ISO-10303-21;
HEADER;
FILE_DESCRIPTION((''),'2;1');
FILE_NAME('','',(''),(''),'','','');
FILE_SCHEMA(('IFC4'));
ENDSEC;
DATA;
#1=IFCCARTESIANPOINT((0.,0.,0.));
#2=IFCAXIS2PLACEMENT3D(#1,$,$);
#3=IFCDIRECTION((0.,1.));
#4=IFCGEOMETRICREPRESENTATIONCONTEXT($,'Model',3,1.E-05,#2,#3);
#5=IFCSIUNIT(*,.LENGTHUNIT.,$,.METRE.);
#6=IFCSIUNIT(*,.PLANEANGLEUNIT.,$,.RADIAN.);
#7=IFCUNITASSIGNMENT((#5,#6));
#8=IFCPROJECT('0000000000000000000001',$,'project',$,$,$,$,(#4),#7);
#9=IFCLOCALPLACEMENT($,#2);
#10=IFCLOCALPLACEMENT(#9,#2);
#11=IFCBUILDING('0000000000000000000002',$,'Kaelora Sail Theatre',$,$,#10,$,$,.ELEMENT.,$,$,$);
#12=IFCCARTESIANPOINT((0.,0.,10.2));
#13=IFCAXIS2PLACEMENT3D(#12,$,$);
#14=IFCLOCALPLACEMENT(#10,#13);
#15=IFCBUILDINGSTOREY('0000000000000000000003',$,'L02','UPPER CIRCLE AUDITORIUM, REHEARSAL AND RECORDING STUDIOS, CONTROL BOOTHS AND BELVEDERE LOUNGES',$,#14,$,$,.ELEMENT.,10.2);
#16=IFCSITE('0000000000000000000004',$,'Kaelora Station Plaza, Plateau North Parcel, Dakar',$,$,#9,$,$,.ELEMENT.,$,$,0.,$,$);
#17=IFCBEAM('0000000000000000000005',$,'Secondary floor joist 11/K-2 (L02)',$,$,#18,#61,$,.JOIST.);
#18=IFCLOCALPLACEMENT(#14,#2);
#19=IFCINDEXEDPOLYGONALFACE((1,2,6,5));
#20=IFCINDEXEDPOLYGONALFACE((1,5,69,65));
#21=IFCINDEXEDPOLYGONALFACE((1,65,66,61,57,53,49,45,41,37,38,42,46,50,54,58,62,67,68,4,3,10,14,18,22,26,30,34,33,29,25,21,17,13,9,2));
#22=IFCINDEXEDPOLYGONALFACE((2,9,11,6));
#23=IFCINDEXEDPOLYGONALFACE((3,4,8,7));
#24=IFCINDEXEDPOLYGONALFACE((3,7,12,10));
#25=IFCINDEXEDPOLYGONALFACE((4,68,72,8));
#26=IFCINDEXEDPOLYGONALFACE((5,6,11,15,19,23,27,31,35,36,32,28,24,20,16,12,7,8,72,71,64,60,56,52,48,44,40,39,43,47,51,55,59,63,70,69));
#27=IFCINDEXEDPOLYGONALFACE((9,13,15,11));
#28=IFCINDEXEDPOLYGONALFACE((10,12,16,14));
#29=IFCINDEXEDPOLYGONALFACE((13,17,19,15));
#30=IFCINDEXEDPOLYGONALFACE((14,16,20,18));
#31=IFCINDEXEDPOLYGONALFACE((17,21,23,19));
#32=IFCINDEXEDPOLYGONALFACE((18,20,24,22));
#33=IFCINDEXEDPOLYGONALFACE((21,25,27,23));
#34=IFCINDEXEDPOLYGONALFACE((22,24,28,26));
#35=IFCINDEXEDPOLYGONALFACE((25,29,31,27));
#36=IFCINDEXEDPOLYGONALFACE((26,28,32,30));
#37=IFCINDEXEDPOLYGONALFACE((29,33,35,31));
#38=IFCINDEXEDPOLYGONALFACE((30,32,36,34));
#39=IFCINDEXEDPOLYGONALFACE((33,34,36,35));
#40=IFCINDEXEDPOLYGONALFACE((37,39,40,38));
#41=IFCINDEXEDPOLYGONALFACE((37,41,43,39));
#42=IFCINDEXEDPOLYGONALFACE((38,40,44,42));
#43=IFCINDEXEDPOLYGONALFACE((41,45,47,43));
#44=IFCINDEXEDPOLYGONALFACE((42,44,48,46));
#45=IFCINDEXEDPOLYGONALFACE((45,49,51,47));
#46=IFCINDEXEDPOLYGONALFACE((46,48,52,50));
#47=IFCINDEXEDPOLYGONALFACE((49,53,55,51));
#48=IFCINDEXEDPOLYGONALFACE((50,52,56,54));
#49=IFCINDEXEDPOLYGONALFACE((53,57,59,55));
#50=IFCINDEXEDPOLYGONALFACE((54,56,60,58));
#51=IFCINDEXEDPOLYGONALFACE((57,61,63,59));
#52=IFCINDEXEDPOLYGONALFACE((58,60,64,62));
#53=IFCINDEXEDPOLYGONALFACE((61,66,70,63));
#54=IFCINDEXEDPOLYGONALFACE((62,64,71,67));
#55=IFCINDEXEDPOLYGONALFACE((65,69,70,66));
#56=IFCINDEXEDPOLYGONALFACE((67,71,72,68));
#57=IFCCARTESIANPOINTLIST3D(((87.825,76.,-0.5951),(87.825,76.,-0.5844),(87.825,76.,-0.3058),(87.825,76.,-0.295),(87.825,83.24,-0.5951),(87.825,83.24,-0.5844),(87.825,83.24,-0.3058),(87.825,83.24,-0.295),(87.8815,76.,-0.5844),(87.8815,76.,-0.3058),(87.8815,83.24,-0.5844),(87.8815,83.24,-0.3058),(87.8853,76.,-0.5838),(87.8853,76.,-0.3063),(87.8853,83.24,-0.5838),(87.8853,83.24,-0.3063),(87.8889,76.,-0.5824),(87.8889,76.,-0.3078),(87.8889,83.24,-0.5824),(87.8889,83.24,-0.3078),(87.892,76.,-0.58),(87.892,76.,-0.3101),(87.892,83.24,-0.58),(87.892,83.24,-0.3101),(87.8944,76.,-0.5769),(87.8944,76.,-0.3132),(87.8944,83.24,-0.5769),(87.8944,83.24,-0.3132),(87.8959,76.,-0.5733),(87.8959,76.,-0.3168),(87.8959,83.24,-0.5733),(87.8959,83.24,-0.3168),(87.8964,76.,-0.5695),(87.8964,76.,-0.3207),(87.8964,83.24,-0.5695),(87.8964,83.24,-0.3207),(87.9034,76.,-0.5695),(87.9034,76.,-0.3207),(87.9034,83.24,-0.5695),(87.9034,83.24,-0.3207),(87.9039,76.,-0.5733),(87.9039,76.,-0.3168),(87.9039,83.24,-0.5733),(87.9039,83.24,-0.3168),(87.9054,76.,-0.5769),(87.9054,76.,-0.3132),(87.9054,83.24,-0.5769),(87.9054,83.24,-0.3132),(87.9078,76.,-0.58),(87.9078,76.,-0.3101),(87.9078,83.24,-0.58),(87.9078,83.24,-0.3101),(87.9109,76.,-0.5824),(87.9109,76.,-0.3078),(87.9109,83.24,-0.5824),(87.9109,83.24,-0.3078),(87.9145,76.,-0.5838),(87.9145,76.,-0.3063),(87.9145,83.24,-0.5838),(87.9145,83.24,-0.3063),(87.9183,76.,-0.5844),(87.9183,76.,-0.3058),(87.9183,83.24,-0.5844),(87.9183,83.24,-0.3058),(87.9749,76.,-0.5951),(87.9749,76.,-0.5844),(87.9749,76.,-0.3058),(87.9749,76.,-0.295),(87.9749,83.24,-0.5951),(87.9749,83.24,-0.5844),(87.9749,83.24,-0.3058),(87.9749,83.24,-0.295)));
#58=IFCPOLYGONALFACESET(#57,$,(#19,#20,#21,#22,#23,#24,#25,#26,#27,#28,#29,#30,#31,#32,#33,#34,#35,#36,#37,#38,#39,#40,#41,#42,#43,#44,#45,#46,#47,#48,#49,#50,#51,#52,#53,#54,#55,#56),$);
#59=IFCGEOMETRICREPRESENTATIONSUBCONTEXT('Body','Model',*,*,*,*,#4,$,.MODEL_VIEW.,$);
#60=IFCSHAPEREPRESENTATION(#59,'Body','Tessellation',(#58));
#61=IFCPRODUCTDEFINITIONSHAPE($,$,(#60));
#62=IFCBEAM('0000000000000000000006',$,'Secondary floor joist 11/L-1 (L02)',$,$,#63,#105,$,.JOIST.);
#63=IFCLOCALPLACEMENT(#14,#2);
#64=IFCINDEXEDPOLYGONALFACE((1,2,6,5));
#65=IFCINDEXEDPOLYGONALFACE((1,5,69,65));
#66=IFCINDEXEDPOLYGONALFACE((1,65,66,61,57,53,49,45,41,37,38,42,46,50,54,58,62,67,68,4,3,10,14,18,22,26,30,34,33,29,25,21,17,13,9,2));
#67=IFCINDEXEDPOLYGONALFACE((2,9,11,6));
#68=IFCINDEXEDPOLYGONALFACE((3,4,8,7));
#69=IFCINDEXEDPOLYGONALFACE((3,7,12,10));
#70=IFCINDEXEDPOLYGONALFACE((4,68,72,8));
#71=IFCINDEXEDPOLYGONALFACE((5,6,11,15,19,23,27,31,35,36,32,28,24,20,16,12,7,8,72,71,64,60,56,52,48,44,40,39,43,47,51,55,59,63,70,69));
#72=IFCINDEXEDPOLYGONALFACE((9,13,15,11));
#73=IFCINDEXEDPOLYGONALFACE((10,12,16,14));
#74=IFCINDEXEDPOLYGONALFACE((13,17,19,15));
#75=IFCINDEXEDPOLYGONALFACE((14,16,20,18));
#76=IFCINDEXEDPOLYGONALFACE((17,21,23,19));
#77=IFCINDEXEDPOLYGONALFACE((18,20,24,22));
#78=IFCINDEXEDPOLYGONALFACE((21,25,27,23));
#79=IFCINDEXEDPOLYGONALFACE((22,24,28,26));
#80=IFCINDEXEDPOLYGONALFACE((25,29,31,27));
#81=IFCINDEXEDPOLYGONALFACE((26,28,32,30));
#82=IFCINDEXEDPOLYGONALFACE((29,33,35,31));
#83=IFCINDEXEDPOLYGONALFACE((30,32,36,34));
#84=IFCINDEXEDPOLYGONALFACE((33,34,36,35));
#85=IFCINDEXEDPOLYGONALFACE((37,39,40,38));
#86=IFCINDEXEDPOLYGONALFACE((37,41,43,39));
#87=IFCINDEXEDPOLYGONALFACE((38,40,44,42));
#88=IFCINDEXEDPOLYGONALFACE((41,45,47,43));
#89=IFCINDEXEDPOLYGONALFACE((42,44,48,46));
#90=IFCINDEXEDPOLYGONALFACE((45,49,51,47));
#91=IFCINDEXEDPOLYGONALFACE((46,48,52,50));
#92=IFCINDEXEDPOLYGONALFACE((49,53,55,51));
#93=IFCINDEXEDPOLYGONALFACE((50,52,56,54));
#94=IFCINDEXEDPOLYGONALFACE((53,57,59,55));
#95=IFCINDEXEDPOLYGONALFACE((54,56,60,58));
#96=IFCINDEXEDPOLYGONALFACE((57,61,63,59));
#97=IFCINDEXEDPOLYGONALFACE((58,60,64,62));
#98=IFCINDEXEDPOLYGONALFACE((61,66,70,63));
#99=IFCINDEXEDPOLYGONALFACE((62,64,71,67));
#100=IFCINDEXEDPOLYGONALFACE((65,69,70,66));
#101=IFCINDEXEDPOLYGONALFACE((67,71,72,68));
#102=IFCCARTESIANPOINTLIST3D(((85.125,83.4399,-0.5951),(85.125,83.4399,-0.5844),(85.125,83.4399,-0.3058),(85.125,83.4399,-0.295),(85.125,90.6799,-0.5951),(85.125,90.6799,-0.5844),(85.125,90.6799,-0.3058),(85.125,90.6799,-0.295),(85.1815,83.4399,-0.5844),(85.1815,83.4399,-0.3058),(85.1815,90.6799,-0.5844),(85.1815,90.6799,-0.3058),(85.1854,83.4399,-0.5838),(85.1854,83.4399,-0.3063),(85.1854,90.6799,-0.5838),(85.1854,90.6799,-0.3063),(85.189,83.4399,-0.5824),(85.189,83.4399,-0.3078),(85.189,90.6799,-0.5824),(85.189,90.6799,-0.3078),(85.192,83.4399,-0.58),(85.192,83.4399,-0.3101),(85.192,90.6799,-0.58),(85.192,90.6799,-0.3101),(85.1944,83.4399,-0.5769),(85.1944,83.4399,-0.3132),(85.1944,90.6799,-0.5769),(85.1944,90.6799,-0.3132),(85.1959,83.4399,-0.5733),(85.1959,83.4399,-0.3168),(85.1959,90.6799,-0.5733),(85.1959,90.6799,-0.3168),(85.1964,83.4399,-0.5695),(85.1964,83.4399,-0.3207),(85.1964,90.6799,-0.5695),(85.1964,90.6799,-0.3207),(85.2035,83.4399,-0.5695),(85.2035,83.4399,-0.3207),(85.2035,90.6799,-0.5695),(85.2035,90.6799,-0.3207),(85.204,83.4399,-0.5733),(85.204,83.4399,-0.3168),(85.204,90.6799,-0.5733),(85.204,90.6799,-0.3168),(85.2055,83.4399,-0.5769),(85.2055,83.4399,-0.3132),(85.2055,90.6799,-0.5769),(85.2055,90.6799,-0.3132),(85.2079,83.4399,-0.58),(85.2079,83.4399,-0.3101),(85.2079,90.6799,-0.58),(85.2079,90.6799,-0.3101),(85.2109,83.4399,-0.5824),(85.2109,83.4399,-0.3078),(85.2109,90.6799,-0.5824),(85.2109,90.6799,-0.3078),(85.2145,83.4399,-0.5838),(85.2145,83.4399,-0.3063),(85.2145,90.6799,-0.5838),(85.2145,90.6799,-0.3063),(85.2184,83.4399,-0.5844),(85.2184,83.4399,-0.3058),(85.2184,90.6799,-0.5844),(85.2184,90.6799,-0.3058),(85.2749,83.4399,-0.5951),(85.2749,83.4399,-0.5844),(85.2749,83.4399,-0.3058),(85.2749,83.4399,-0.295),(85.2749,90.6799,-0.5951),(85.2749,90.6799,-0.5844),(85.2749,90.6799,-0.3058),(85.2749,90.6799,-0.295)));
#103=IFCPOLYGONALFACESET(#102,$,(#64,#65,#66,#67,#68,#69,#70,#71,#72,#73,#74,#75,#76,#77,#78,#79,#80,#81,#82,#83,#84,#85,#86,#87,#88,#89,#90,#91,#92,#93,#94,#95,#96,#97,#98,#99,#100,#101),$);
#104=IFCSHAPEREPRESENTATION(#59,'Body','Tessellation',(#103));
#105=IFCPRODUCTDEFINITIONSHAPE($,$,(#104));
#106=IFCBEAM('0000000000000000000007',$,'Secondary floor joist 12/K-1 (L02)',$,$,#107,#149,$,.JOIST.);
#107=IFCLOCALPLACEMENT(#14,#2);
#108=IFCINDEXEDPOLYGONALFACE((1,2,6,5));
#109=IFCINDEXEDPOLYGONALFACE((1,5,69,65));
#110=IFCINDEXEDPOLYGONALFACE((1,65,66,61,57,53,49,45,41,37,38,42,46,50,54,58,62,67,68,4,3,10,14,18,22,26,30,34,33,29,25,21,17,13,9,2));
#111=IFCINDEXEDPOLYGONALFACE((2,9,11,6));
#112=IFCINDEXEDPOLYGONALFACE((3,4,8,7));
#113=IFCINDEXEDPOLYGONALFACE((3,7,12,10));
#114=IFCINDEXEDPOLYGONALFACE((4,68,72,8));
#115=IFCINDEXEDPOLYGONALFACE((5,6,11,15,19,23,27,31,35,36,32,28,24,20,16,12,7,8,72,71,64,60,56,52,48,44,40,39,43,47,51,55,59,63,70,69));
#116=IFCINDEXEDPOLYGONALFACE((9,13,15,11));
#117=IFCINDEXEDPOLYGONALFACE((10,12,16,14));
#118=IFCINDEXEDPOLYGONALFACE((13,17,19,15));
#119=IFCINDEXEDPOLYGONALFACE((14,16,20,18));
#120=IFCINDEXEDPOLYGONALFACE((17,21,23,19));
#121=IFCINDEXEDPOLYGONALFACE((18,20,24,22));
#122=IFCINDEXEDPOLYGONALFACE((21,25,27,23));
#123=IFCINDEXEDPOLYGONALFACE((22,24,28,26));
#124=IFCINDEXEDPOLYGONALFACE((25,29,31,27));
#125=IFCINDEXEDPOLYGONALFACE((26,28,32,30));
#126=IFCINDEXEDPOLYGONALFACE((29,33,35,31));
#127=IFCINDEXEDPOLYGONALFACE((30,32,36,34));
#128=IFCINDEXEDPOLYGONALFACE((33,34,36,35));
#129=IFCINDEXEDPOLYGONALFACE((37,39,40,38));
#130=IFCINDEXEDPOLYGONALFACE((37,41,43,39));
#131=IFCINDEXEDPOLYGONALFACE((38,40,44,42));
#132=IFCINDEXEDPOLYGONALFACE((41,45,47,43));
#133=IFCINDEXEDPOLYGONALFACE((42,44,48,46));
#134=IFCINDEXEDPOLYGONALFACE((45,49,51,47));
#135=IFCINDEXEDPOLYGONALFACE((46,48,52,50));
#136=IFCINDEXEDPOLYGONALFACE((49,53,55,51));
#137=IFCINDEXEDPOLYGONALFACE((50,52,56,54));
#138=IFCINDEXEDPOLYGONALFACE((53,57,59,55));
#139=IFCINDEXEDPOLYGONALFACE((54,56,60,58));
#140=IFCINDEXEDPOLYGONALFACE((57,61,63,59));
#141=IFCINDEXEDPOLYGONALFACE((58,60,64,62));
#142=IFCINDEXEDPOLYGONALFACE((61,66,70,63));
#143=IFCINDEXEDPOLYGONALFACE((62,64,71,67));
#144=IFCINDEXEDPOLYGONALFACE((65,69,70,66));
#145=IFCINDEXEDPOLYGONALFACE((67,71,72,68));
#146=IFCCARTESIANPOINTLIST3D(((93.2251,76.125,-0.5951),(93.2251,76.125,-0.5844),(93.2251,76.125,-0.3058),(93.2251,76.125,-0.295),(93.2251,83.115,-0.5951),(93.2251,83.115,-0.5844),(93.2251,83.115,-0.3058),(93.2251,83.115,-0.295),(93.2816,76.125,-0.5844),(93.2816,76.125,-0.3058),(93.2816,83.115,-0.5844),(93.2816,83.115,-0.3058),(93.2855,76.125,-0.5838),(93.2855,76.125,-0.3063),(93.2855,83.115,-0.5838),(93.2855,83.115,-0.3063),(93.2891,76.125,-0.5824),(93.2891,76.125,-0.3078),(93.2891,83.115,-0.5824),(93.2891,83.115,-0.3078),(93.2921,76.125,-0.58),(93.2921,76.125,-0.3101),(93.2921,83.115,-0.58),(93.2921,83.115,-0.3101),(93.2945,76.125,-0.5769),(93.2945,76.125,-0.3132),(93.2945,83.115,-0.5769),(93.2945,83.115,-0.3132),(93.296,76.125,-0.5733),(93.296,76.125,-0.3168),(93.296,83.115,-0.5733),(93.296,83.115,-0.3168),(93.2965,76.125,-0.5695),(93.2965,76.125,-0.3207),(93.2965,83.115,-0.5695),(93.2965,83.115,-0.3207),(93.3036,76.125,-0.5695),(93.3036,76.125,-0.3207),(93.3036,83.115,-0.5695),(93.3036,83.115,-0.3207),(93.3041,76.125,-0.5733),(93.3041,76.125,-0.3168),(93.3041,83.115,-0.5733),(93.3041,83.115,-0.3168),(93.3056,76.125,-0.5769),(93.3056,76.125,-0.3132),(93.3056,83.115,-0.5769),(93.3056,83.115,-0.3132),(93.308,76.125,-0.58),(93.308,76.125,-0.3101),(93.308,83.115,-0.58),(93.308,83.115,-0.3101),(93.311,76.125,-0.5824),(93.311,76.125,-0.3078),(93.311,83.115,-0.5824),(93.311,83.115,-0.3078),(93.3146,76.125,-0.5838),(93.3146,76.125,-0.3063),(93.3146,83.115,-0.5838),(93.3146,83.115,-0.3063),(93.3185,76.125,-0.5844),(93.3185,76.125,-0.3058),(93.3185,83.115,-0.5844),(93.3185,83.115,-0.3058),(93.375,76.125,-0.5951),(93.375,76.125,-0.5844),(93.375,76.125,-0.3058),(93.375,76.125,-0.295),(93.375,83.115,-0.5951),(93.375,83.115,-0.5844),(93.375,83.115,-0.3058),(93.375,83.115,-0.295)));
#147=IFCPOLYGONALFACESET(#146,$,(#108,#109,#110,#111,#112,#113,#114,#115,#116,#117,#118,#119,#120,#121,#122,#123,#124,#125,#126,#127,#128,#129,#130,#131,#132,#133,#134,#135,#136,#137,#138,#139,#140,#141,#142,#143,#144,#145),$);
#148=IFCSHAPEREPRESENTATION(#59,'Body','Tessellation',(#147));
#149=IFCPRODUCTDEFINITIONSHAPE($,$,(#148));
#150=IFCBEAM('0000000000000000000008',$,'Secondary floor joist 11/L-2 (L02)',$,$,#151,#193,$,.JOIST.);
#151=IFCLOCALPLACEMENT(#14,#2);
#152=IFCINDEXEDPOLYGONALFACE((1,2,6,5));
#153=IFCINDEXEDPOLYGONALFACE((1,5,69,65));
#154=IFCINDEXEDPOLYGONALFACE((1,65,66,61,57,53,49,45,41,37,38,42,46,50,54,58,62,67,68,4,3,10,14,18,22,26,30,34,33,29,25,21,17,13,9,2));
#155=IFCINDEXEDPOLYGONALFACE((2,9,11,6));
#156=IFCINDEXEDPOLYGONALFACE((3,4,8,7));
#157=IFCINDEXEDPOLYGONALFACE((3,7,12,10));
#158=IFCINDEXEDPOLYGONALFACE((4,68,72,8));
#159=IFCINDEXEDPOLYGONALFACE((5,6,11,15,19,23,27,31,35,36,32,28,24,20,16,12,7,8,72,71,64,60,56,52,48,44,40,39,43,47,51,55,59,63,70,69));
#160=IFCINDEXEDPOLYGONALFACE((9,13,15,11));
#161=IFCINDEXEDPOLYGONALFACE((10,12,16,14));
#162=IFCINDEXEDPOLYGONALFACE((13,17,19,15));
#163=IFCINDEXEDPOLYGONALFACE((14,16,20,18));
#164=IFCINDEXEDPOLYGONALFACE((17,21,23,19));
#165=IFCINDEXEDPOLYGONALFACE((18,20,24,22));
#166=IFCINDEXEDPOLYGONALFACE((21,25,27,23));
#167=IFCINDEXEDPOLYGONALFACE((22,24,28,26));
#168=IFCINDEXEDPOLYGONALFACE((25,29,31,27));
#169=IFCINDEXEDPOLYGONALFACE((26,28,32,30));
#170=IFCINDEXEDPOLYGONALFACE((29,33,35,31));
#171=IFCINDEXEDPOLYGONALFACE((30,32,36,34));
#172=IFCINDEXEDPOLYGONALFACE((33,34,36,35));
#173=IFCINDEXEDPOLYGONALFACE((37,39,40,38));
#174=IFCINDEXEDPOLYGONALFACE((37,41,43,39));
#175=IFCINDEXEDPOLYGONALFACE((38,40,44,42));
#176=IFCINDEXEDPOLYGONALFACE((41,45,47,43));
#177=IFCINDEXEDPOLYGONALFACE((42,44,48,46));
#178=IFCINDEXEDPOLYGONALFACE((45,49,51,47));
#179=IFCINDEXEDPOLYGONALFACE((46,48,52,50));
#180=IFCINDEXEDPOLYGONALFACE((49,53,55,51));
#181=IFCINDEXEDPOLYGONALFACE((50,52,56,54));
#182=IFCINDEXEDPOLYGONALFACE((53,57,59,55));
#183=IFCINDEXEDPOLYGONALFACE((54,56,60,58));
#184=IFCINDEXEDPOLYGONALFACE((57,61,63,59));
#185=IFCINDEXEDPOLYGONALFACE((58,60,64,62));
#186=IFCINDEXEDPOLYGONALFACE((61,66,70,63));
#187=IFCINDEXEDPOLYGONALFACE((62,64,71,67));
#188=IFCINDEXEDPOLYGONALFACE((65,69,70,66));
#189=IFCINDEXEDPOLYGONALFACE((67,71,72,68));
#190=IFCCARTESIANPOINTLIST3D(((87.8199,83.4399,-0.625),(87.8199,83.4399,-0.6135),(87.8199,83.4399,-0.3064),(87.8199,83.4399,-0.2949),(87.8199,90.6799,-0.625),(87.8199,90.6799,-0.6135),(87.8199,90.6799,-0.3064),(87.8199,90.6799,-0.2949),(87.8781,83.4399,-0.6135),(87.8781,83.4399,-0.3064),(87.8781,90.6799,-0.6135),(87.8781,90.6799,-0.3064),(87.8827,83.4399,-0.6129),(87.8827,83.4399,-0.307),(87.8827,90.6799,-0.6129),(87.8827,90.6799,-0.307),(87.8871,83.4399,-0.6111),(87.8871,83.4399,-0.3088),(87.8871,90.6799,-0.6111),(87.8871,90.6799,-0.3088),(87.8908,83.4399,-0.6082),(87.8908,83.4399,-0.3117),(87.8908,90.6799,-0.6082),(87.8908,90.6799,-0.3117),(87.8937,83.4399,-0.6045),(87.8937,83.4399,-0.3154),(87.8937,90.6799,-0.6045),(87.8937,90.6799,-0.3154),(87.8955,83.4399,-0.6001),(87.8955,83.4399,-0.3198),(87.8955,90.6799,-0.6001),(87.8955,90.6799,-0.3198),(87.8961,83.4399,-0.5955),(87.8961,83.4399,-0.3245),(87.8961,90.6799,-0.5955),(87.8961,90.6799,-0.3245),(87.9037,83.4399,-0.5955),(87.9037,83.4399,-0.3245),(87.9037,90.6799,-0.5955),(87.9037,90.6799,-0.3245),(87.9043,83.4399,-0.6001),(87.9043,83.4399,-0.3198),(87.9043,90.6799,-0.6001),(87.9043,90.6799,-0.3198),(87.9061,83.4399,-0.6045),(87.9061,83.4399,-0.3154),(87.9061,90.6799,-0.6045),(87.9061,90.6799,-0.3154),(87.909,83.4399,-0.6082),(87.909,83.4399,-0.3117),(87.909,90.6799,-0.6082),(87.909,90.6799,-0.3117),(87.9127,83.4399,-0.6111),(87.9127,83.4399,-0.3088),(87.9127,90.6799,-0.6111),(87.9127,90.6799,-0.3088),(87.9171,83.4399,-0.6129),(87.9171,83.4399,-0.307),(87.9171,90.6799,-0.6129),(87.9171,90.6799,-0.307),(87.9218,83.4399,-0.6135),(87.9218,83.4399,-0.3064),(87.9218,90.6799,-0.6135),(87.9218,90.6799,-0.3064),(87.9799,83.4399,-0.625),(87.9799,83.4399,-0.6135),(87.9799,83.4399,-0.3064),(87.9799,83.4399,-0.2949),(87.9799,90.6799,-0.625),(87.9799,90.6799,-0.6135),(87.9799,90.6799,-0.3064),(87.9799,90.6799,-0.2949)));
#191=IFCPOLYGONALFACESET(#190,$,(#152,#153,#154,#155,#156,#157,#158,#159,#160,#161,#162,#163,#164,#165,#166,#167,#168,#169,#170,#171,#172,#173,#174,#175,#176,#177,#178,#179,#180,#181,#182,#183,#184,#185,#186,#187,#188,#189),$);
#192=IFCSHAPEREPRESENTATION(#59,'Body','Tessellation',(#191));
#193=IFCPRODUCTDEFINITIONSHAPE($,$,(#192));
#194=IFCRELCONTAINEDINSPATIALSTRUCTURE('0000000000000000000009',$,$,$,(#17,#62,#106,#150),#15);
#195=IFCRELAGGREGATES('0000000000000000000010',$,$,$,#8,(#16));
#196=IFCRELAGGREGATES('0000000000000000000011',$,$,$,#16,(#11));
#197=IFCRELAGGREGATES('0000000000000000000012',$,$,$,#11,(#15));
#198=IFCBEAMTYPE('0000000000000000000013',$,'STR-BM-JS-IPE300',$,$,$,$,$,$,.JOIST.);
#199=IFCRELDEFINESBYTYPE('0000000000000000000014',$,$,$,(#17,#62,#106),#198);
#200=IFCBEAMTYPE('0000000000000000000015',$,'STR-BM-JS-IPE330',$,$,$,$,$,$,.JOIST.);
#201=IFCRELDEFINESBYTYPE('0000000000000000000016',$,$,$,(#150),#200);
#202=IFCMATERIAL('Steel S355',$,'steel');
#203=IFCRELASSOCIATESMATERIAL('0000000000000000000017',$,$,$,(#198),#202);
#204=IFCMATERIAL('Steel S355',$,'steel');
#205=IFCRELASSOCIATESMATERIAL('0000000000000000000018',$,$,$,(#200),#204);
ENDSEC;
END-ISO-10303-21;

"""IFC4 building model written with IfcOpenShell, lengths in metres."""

from ifc_helpers import new_model, si_unit, direction, frame, origin, origin_2d, place, context, subcontext, project, spatial, i_section, extrude, material, material_profile, profile_set, type_object, element, save


model = new_model("IFC4")

# Units and contexts
model_context = context("Model", 3, precision=1e-05, world=origin(), true_north=direction((0.0, 1.0)))
body_context = subcontext(model_context, "Body", "Model", "MODEL_VIEW")
ifc_project = project(units=[si_unit("LENGTHUNIT", "METRE"), si_unit("PLANEANGLEUNIT", "RADIAN")], contexts=[model_context])

# Site, building, storey
site_placement = place(None, origin())
site = spatial("IfcSite", under=ifc_project, at=site_placement, Name="Kaelora Station Plaza, Plateau North Parcel, Dakar", CompositionType="ELEMENT", RefElevation=0.0)
building_placement = place(site_placement, origin())
building = spatial("IfcBuilding", under=site, at=building_placement, Name="Kaelora Sail Theatre", CompositionType="ELEMENT")
storey_placement = place(building_placement, frame((0.0, 0.0, 10.2)))
storey = spatial("IfcBuildingStorey", under=building, at=storey_placement, Name="L02", Description="UPPER CIRCLE AUDITORIUM, REHEARSAL AND RECORDING STUDIOS, CONTROL BOOTHS AND BELVEDERE LOUNGES", CompositionType="ELEMENT", Elevation=10.2)

# Beams
ifc_material_1 = material(Name="Steel S355", Category="steel")
ifc_material_profile_1 = material_profile(ifc_material_1, i_section(OverallWidth=0.1499, OverallDepth=0.3, WebThickness=0.0071, FlangeThickness=0.0107, FilletRadius=0.0149, at=origin_2d()), Name="IPE 300")
ifc_profile_set_1 = profile_set([ifc_material_profile_1], Name="Steel S355")
beam_type_1 = type_object("IfcBeamType", Name="STR-BM-JS-IPE300", PredefinedType="JOIST", material=ifc_profile_set_1)
for number, where, z_axis, x_axis, name in (
    (1, (87.8999, 76.0, -0.4451), (0.0, 1.0, 0.0), (-1.0, 0.0, 0.0), "Secondary floor joist 11/K-2 (L02)"),
    (2, (85.2, 83.4399, -0.4451), (0.0, 1.0, 0.0), (-1.0, 0.0, 0.0), "Secondary floor joist 11/L-1 (L02)"),
):
    element("IfcBeam", number, at=place(storey_placement, frame(where, z_axis=z_axis, x_axis=x_axis)), inside=storey, type_object=beam_type_1, Name=name, PredefinedType="JOIST", context=body_context, shape_type="SweptSolid", body=[
        extrude(i_section(OverallWidth=0.1499, OverallDepth=0.3, WebThickness=0.0071, FlangeThickness=0.0107, FilletRadius=0.0149, at=origin_2d()), origin(), (0.0, 0.0, 1.0), 7.24),
    ])
beam_1_placement = place(storey_placement, frame((93.3, 76.125, -0.4451), z_axis=(0.0, 1.0, 0.0), x_axis=(-1.0, 0.0, 0.0)))
element("IfcBeam", 3, at=beam_1_placement, inside=storey, type_object=beam_type_1, Name="Secondary floor joist 12/K-1 (L02)", PredefinedType="JOIST", context=body_context, shape_type="SweptSolid", body=[
    extrude(i_section(OverallWidth=0.1499, OverallDepth=0.3, WebThickness=0.0071, FlangeThickness=0.0107, FilletRadius=0.0149, at=origin_2d()), origin(), (0.0, 0.0, 1.0), 6.99),
])
ifc_material_2 = material(Name="Steel S355", Category="steel")
ifc_material_profile_2 = material_profile(ifc_material_2, i_section(OverallWidth=0.1599, OverallDepth=0.3301, WebThickness=0.0076, FlangeThickness=0.0115, FilletRadius=0.0181, at=origin_2d()), Name="IPE 330")
ifc_profile_set_2 = profile_set([ifc_material_profile_2], Name="Steel S355")
beam_type_2 = type_object("IfcBeamType", Name="STR-BM-JS-IPE330", PredefinedType="JOIST", material=ifc_profile_set_2)
beam_2_placement = place(storey_placement, frame((87.8999, 83.4399, -0.46), z_axis=(0.0, 1.0, 0.0), x_axis=(-1.0, 0.0, 0.0)))
element("IfcBeam", 4, at=beam_2_placement, inside=storey, type_object=beam_type_2, Name="Secondary floor joist 11/L-2 (L02)", PredefinedType="JOIST", context=body_context, shape_type="SweptSolid", body=[
    extrude(i_section(OverallWidth=0.1599, OverallDepth=0.3301, WebThickness=0.0076, FlangeThickness=0.0115, FilletRadius=0.0181, at=origin_2d()), origin(), (0.0, 0.0, 1.0), 7.24),
])

save(model, "model.ifc")
